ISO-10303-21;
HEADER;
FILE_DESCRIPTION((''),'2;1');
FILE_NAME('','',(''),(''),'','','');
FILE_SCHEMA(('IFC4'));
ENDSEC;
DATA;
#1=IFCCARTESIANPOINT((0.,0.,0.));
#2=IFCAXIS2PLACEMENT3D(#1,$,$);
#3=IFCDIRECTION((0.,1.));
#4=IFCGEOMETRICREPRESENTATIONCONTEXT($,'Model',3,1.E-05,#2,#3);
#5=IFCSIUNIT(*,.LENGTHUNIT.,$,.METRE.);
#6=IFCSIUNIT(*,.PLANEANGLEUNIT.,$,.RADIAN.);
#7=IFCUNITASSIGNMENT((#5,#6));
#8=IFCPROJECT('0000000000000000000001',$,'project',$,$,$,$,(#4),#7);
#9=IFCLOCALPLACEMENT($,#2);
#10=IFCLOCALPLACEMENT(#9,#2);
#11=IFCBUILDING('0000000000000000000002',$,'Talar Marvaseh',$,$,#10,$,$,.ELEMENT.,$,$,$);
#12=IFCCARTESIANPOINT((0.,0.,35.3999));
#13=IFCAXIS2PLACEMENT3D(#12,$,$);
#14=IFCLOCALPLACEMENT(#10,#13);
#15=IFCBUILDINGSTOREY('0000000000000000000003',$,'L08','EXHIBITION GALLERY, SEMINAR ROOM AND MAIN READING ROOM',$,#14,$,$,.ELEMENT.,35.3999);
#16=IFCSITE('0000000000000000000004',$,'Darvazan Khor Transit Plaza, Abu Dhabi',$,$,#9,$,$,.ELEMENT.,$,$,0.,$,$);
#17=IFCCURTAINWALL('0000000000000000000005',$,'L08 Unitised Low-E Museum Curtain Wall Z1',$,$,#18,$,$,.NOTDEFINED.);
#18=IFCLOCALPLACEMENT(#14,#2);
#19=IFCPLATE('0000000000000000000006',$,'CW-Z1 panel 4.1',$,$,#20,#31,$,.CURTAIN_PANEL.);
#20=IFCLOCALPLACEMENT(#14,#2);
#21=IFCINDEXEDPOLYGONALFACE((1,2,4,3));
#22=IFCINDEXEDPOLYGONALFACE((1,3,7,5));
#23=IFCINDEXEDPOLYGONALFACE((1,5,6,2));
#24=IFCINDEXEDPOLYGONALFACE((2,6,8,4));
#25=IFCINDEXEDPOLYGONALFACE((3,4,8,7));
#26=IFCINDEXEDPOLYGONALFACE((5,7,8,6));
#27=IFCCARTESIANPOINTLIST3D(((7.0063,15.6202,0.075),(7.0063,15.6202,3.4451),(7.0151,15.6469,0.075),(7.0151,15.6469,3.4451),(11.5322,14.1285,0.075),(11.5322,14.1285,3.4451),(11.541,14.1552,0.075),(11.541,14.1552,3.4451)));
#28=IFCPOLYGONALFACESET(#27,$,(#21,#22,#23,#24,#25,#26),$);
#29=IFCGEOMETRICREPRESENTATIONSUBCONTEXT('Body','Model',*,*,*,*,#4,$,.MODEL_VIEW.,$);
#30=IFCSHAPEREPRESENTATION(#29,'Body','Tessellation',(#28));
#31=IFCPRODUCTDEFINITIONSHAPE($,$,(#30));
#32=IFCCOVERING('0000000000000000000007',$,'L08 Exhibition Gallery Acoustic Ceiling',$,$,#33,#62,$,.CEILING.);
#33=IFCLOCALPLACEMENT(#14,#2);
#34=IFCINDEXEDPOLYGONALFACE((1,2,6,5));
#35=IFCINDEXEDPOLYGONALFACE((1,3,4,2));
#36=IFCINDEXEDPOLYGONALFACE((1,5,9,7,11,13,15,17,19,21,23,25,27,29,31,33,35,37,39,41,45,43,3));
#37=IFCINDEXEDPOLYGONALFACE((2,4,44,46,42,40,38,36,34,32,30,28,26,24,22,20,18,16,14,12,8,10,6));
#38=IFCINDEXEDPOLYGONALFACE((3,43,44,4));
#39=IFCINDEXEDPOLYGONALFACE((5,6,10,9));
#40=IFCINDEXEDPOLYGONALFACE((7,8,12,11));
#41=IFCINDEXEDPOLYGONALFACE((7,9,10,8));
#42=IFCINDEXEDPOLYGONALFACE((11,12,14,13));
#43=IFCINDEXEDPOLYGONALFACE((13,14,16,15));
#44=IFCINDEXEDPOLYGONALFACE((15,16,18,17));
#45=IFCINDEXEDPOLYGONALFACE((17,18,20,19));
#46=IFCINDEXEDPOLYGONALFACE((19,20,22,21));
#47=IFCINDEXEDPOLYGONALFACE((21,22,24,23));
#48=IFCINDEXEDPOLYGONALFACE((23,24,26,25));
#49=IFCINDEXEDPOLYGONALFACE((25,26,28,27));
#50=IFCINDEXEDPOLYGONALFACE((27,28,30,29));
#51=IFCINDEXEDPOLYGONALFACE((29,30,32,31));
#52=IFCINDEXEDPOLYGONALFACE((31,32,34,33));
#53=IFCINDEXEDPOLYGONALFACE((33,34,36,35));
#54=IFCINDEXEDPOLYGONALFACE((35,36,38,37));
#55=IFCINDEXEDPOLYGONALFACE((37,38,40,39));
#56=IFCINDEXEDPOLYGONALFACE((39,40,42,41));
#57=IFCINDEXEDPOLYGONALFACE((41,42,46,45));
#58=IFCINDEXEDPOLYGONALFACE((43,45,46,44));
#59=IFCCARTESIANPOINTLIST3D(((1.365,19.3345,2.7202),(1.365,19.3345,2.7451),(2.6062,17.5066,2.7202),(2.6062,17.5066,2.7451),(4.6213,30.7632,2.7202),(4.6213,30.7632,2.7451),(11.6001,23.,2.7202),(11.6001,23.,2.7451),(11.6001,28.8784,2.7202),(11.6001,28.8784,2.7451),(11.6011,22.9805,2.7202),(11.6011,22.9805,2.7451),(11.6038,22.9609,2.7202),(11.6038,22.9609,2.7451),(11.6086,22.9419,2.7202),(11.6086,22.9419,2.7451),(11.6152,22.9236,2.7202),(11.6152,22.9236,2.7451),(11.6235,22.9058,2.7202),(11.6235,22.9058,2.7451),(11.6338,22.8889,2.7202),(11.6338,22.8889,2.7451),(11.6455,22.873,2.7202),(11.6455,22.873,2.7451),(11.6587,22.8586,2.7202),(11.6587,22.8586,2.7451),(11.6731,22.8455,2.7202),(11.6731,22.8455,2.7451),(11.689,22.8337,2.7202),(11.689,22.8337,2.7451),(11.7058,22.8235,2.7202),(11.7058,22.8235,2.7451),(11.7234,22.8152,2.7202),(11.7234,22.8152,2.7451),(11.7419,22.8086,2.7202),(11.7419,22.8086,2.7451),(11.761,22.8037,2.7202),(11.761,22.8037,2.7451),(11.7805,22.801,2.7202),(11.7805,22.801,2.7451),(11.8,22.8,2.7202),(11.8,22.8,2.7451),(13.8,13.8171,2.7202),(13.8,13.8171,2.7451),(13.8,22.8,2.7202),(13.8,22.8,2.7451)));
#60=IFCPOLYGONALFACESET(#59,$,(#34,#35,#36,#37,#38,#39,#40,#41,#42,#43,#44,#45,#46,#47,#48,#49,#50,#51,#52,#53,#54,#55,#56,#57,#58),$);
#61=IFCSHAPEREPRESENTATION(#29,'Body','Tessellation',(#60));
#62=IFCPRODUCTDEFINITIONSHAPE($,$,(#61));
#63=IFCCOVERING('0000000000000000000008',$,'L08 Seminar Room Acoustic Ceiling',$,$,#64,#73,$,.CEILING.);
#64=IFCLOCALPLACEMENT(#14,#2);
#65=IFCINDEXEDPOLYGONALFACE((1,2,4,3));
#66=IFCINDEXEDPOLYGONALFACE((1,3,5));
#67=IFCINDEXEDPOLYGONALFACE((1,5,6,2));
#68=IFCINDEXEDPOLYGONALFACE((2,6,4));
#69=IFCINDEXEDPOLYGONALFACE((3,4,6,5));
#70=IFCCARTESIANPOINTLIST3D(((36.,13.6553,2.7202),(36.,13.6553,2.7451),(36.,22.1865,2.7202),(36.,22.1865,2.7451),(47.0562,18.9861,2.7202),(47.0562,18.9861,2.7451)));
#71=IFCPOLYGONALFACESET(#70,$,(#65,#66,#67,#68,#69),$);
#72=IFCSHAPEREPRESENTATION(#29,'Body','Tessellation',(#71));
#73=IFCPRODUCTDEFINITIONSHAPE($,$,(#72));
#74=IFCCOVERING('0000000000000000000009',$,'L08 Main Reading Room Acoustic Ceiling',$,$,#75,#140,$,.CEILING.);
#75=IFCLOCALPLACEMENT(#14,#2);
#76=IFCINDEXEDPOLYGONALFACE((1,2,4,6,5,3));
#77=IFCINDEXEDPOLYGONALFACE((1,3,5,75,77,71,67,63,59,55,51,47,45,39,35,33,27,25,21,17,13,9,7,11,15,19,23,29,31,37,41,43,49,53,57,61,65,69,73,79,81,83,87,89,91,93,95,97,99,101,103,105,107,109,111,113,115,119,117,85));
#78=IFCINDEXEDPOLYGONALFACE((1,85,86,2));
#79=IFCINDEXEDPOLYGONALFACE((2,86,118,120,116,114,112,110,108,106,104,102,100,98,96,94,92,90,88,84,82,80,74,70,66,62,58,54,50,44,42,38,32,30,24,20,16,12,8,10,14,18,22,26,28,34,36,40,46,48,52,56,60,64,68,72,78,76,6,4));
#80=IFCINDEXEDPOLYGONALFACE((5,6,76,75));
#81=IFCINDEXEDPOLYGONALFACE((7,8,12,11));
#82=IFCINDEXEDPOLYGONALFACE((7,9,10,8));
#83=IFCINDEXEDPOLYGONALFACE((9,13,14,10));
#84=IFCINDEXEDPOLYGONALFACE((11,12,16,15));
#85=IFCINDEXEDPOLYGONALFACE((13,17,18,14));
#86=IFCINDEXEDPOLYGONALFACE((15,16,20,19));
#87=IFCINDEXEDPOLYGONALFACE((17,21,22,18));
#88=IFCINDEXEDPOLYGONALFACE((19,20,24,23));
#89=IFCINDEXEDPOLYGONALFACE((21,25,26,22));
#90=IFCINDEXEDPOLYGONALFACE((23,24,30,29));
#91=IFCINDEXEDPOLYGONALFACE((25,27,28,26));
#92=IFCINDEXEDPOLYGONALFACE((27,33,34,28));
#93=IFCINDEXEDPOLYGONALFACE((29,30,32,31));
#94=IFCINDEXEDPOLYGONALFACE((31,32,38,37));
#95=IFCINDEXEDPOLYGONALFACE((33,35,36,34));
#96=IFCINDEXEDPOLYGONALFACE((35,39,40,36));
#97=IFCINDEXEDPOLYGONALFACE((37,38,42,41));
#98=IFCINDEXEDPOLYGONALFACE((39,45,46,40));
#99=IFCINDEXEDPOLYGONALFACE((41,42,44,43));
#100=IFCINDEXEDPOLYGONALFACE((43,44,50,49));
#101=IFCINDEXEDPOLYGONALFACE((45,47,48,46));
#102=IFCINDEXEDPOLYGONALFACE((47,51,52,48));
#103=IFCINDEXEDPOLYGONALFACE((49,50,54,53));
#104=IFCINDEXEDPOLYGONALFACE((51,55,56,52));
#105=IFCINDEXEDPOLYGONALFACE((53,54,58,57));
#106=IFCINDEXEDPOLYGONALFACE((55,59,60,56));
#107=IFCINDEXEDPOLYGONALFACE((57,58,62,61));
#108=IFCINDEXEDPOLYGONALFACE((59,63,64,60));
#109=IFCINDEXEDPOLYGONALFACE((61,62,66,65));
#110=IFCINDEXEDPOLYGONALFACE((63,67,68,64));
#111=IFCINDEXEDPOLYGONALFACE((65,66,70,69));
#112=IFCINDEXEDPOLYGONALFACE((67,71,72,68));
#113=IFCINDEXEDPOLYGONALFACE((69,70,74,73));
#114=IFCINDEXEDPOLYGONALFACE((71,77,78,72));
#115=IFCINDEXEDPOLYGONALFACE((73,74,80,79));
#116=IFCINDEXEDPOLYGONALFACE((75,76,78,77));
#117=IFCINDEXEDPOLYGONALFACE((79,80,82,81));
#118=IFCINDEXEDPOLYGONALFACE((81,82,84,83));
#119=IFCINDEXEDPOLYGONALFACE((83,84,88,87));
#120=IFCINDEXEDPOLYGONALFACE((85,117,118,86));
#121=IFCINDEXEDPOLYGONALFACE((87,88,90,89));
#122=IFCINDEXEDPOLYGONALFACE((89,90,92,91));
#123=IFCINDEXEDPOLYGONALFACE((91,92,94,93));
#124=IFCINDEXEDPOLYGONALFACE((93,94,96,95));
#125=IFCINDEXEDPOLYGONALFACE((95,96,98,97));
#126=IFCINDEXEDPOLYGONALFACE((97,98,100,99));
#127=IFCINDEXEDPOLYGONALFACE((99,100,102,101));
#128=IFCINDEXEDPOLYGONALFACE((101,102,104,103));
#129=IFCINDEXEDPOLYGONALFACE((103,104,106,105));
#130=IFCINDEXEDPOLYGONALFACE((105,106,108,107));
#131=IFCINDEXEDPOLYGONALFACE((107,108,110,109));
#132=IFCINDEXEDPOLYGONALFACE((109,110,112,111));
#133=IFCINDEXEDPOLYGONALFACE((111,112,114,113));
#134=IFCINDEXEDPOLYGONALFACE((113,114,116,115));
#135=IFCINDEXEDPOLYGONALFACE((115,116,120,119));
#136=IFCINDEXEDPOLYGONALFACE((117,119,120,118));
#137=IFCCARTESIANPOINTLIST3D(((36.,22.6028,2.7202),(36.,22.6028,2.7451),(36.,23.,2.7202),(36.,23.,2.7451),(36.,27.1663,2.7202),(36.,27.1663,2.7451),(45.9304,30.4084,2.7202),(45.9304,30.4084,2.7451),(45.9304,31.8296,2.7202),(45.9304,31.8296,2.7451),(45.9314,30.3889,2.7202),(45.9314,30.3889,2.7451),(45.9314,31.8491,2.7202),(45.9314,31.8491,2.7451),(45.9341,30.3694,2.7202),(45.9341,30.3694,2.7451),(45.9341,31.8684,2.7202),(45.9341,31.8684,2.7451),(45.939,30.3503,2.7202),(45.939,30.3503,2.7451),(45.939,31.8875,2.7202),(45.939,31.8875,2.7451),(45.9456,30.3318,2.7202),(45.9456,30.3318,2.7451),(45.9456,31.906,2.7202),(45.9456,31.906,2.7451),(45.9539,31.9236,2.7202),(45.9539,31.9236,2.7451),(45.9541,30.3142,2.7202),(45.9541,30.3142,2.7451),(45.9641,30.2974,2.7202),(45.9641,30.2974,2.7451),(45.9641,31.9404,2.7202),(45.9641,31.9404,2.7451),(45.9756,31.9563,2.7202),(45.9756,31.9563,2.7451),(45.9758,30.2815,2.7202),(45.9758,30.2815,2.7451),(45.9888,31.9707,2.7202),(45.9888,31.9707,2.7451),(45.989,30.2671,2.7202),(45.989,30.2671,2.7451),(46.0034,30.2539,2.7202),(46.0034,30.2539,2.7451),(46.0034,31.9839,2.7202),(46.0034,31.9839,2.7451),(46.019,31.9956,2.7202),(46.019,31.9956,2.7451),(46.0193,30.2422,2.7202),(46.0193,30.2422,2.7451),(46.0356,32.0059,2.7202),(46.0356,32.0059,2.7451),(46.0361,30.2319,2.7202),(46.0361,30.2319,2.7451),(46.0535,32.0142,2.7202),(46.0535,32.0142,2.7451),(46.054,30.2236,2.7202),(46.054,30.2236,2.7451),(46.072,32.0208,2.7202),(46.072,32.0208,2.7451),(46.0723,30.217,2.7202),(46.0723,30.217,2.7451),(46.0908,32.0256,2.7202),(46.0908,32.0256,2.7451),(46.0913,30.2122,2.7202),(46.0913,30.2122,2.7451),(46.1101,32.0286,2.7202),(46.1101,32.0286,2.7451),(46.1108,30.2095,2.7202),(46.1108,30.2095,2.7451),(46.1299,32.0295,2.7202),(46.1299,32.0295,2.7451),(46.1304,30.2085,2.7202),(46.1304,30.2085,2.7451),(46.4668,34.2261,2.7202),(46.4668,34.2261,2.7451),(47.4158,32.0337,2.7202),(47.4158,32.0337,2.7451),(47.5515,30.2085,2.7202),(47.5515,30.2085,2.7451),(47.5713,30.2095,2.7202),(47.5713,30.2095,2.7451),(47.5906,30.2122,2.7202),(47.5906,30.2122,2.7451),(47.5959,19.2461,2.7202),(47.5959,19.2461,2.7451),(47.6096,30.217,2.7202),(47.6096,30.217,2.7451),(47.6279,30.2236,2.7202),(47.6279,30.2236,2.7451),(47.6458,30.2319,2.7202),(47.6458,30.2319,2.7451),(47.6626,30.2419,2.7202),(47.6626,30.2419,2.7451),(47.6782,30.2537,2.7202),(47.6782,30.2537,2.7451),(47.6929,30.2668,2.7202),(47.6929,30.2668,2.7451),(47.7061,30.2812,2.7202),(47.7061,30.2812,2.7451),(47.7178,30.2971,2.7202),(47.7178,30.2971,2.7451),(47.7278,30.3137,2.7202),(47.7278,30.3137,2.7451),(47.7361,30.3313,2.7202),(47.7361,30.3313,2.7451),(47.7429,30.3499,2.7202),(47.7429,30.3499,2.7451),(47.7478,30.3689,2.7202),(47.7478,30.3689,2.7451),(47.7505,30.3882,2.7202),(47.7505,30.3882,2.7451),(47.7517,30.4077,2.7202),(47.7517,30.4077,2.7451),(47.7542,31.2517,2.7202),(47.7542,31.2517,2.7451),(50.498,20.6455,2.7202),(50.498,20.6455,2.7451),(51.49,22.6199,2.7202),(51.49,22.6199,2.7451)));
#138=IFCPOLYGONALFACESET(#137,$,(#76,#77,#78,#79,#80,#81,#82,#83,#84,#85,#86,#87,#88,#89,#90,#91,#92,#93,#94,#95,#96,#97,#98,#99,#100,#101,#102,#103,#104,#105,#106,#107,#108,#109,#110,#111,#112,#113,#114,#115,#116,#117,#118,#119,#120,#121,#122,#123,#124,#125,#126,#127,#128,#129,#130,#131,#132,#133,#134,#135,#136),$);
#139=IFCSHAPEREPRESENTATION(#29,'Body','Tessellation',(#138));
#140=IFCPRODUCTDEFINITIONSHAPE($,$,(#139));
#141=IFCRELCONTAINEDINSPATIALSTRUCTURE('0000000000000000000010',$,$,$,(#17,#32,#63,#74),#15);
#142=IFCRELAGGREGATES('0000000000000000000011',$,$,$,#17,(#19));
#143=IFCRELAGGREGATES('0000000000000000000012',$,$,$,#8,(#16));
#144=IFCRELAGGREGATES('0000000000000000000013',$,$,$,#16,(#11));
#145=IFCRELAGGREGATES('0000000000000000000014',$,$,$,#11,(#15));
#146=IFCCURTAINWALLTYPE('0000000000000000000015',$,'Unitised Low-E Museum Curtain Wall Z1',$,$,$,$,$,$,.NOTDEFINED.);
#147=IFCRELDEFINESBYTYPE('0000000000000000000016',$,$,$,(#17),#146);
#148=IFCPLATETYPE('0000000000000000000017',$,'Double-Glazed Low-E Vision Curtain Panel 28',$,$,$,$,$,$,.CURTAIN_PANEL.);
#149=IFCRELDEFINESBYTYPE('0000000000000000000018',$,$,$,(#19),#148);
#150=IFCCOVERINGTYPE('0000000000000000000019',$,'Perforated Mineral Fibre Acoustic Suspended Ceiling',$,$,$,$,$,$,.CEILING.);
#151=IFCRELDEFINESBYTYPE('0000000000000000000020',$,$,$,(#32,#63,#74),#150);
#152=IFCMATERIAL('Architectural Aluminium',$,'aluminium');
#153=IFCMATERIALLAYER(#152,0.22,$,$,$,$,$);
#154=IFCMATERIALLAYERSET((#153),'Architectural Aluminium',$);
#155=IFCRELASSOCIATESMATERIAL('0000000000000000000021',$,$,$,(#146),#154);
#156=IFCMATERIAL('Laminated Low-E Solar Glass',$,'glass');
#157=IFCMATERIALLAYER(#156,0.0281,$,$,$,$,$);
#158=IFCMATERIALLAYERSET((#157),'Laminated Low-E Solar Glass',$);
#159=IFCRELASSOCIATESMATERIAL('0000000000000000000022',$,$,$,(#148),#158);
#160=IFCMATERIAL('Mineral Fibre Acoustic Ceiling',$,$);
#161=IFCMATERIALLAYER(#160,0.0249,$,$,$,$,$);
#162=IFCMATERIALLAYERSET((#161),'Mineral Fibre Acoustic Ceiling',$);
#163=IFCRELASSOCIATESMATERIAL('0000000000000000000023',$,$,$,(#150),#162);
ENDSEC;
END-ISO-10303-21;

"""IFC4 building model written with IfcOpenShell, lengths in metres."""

from ifc_helpers import new_model, si_unit, direction, frame, origin, origin_2d, place, context, subcontext, project, spatial, polyline, rectangle, outline, extrude, source, transform, mapped, material, layer, layer_set, type_object, type_shapes, element, aggregate, save


model = new_model("IFC4")

# Units and contexts
model_context = context("Model", 3, precision=1e-05, world=origin(), true_north=direction((0.0, 1.0)))
body_context = subcontext(model_context, "Body", "Model", "MODEL_VIEW")
ifc_project = project(units=[si_unit("LENGTHUNIT", "METRE"), si_unit("PLANEANGLEUNIT", "RADIAN")], contexts=[model_context])

# Site, building, storey
site_placement = place(None, origin())
site = spatial("IfcSite", under=ifc_project, at=site_placement, Name="Darvazan Khor Transit Plaza, Abu Dhabi", CompositionType="ELEMENT", RefElevation=0.0)
building_placement = place(site_placement, origin())
building = spatial("IfcBuilding", under=site, at=building_placement, Name="Talar Marvaseh", CompositionType="ELEMENT")
storey_placement = place(building_placement, frame((0.0, 0.0, 35.3999)))
storey = spatial("IfcBuildingStorey", under=building, at=storey_placement, Name="L08", Description="EXHIBITION GALLERY, SEMINAR ROOM AND MAIN READING ROOM", CompositionType="ELEMENT", Elevation=35.3999)

# Curtain wall
ifc_material_1 = material(Name="Architectural Aluminium", Category="aluminium")
ifc_layer_1 = layer(ifc_material_1, 0.22)
ifc_layer_set_1 = layer_set([ifc_layer_1], Name="Architectural Aluminium")
curtain_wall_type = type_object("IfcCurtainWallType", Name="Unitised Low-E Museum Curtain Wall Z1", PredefinedType="NOTDEFINED", material=ifc_layer_set_1)
curtain_wall_placement = place(storey_placement, origin())
curtain_wall = element("IfcCurtainWall", 1, at=curtain_wall_placement, inside=storey, type_object=curtain_wall_type, Name="L08 Unitised Low-E Museum Curtain Wall Z1", PredefinedType="NOTDEFINED")

# Plate
ifc_material_2 = material(Name="Laminated Low-E Solar Glass", Category="glass")
ifc_layer_2 = layer(ifc_material_2, 0.0281)
ifc_layer_set_2 = layer_set([ifc_layer_2], Name="Laminated Low-E Solar Glass")
plate_type = type_object("IfcPlateType", Name="Double-Glazed Low-E Vision Curtain Panel 28", PredefinedType="CURTAIN_PANEL", material=ifc_layer_set_2)
shared_shape_1 = source(origin(), body_context, "Body", "SweptSolid", [
    extrude(rectangle(XDim=4.7654, YDim=0.0281, at=origin_2d()), origin(), (0.0, 0.0, 1.0), 3.3701),
])
type_shapes(plate_type, [shared_shape_1])
plate_placement = place(storey_placement, frame((9.2737, 14.8877, 0.075), z_axis=(0.0, 0.0, 1.0), x_axis=(-0.949747, 0.313019, 0.0)))
plate = element("IfcPlate", 2, at=plate_placement, type_object=plate_type, Name="CW-Z1 panel 4.1", PredefinedType="CURTAIN_PANEL", context=body_context, shape_type="MappedRepresentation", body=[
    mapped(shared_shape_1, transform((0.0, 0.0, 0.0), x_axis=(1.0, 0.0, 0.0), y_axis=(0.0, 1.0, 0.0), z_axis=(0.0, 0.0, 1.0), scale=1.0)),
])
aggregate(curtain_wall, [plate])

# Coverings
ifc_material_3 = material(Name="Mineral Fibre Acoustic Ceiling")
ifc_layer_3 = layer(ifc_material_3, 0.0249)
ifc_layer_set_3 = layer_set([ifc_layer_3], Name="Mineral Fibre Acoustic Ceiling")
covering_type_1 = type_object("IfcCoveringType", Name="Perforated Mineral Fibre Acoustic Suspended Ceiling", PredefinedType="CEILING", material=ifc_layer_set_3)
covering_1_placement = place(storey_placement, frame((0.0, 0.0, 2.7202)))
element("IfcCovering", 3, at=covering_1_placement, inside=storey, type_object=covering_type_1, Name="L08 Exhibition Gallery Acoustic Ceiling", PredefinedType="CEILING", context=body_context, shape_type="SweptSolid", body=[
    extrude(outline(polyline([(11.6001, 28.8784), (11.6001, 23.0), (11.6011, 22.9805), (11.6038, 22.9609), (11.6086, 22.9419), (11.6152, 22.9236), (11.6235, 22.9058), (11.6338, 22.8889), (11.6455, 22.873), (11.6587, 22.8586), (11.6731, 22.8455), (11.689, 22.8337), (11.7058, 22.8235), (11.7234, 22.8152), (11.7419, 22.8086), (11.761, 22.8037), (11.7805, 22.801), (11.8, 22.8), (13.8, 22.8), (13.8, 13.8171), (2.6062, 17.5066), (1.365, 19.3345), (4.6213, 30.7632), (11.6001, 28.8784)])), origin(), (0.0, 0.0, 1.0), 0.0249),
])
covering_2_placement = place(storey_placement, frame((0.0, 0.0, 2.7202)))
element("IfcCovering", 4, at=covering_2_placement, inside=storey, type_object=covering_type_1, Name="L08 Seminar Room Acoustic Ceiling", PredefinedType="CEILING", context=body_context, shape_type="SweptSolid", body=[
    extrude(outline(polyline([(36.0, 13.6553), (36.0, 22.1865), (47.0562, 18.9861), (36.0, 13.6553)])), origin(), (0.0, 0.0, 1.0), 0.0249),
])
covering_3_placement = place(storey_placement, frame((0.0, 0.0, 2.7202)))
element("IfcCovering", 5, at=covering_3_placement, inside=storey, type_object=covering_type_1, Name="L08 Main Reading Room Acoustic Ceiling", PredefinedType="CEILING", context=body_context, shape_type="SweptSolid", body=[
    extrude(outline(polyline([(46.1101, 32.0286), (46.0908, 32.0256), (46.072, 32.0208), (46.0535, 32.0142), (46.0356, 32.0059), (46.019, 31.9956), (46.0034, 31.9839), (45.9888, 31.9707), (45.9756, 31.9563), (45.9641, 31.9404), (45.9539, 31.9236), (45.9456, 31.906), (45.939, 31.8875), (45.9341, 31.8684), (45.9314, 31.8491), (45.9304, 31.8296), (45.9304, 30.4084), (45.9314, 30.3889), (45.9341, 30.3694), (45.939, 30.3503), (45.9456, 30.3318), (45.9541, 30.3142), (45.9641, 30.2974), (45.9758, 30.2815), (45.989, 30.2671), (46.0034, 30.2539), (46.0193, 30.2422), (46.0361, 30.2319), (46.054, 30.2236), (46.0723, 30.217), (46.0913, 30.2122), (46.1108, 30.2095), (46.1304, 30.2085), (47.5515, 30.2085), (47.5713, 30.2095), (47.5906, 30.2122), (47.6096, 30.217), (47.6279, 30.2236), (47.6458, 30.2319), (47.6626, 30.2419), (47.6782, 30.2537), (47.6929, 30.2668), (47.7061, 30.2812), (47.7178, 30.2971), (47.7278, 30.3137), (47.7361, 30.3313), (47.7429, 30.3499), (47.7478, 30.3689), (47.7505, 30.3882), (47.7517, 30.4077), (47.7542, 31.2517), (51.49, 22.6199), (50.498, 20.6455), (47.5959, 19.2461), (36.0, 22.6028), (36.0, 23.0), (36.0, 27.1663), (46.4668, 34.2261), (47.4158, 32.0337), (46.1299, 32.0295), (46.1101, 32.0286)])), origin(), (0.0, 0.0, 1.0), 0.0249),
])

save(model, "model.ifc")
